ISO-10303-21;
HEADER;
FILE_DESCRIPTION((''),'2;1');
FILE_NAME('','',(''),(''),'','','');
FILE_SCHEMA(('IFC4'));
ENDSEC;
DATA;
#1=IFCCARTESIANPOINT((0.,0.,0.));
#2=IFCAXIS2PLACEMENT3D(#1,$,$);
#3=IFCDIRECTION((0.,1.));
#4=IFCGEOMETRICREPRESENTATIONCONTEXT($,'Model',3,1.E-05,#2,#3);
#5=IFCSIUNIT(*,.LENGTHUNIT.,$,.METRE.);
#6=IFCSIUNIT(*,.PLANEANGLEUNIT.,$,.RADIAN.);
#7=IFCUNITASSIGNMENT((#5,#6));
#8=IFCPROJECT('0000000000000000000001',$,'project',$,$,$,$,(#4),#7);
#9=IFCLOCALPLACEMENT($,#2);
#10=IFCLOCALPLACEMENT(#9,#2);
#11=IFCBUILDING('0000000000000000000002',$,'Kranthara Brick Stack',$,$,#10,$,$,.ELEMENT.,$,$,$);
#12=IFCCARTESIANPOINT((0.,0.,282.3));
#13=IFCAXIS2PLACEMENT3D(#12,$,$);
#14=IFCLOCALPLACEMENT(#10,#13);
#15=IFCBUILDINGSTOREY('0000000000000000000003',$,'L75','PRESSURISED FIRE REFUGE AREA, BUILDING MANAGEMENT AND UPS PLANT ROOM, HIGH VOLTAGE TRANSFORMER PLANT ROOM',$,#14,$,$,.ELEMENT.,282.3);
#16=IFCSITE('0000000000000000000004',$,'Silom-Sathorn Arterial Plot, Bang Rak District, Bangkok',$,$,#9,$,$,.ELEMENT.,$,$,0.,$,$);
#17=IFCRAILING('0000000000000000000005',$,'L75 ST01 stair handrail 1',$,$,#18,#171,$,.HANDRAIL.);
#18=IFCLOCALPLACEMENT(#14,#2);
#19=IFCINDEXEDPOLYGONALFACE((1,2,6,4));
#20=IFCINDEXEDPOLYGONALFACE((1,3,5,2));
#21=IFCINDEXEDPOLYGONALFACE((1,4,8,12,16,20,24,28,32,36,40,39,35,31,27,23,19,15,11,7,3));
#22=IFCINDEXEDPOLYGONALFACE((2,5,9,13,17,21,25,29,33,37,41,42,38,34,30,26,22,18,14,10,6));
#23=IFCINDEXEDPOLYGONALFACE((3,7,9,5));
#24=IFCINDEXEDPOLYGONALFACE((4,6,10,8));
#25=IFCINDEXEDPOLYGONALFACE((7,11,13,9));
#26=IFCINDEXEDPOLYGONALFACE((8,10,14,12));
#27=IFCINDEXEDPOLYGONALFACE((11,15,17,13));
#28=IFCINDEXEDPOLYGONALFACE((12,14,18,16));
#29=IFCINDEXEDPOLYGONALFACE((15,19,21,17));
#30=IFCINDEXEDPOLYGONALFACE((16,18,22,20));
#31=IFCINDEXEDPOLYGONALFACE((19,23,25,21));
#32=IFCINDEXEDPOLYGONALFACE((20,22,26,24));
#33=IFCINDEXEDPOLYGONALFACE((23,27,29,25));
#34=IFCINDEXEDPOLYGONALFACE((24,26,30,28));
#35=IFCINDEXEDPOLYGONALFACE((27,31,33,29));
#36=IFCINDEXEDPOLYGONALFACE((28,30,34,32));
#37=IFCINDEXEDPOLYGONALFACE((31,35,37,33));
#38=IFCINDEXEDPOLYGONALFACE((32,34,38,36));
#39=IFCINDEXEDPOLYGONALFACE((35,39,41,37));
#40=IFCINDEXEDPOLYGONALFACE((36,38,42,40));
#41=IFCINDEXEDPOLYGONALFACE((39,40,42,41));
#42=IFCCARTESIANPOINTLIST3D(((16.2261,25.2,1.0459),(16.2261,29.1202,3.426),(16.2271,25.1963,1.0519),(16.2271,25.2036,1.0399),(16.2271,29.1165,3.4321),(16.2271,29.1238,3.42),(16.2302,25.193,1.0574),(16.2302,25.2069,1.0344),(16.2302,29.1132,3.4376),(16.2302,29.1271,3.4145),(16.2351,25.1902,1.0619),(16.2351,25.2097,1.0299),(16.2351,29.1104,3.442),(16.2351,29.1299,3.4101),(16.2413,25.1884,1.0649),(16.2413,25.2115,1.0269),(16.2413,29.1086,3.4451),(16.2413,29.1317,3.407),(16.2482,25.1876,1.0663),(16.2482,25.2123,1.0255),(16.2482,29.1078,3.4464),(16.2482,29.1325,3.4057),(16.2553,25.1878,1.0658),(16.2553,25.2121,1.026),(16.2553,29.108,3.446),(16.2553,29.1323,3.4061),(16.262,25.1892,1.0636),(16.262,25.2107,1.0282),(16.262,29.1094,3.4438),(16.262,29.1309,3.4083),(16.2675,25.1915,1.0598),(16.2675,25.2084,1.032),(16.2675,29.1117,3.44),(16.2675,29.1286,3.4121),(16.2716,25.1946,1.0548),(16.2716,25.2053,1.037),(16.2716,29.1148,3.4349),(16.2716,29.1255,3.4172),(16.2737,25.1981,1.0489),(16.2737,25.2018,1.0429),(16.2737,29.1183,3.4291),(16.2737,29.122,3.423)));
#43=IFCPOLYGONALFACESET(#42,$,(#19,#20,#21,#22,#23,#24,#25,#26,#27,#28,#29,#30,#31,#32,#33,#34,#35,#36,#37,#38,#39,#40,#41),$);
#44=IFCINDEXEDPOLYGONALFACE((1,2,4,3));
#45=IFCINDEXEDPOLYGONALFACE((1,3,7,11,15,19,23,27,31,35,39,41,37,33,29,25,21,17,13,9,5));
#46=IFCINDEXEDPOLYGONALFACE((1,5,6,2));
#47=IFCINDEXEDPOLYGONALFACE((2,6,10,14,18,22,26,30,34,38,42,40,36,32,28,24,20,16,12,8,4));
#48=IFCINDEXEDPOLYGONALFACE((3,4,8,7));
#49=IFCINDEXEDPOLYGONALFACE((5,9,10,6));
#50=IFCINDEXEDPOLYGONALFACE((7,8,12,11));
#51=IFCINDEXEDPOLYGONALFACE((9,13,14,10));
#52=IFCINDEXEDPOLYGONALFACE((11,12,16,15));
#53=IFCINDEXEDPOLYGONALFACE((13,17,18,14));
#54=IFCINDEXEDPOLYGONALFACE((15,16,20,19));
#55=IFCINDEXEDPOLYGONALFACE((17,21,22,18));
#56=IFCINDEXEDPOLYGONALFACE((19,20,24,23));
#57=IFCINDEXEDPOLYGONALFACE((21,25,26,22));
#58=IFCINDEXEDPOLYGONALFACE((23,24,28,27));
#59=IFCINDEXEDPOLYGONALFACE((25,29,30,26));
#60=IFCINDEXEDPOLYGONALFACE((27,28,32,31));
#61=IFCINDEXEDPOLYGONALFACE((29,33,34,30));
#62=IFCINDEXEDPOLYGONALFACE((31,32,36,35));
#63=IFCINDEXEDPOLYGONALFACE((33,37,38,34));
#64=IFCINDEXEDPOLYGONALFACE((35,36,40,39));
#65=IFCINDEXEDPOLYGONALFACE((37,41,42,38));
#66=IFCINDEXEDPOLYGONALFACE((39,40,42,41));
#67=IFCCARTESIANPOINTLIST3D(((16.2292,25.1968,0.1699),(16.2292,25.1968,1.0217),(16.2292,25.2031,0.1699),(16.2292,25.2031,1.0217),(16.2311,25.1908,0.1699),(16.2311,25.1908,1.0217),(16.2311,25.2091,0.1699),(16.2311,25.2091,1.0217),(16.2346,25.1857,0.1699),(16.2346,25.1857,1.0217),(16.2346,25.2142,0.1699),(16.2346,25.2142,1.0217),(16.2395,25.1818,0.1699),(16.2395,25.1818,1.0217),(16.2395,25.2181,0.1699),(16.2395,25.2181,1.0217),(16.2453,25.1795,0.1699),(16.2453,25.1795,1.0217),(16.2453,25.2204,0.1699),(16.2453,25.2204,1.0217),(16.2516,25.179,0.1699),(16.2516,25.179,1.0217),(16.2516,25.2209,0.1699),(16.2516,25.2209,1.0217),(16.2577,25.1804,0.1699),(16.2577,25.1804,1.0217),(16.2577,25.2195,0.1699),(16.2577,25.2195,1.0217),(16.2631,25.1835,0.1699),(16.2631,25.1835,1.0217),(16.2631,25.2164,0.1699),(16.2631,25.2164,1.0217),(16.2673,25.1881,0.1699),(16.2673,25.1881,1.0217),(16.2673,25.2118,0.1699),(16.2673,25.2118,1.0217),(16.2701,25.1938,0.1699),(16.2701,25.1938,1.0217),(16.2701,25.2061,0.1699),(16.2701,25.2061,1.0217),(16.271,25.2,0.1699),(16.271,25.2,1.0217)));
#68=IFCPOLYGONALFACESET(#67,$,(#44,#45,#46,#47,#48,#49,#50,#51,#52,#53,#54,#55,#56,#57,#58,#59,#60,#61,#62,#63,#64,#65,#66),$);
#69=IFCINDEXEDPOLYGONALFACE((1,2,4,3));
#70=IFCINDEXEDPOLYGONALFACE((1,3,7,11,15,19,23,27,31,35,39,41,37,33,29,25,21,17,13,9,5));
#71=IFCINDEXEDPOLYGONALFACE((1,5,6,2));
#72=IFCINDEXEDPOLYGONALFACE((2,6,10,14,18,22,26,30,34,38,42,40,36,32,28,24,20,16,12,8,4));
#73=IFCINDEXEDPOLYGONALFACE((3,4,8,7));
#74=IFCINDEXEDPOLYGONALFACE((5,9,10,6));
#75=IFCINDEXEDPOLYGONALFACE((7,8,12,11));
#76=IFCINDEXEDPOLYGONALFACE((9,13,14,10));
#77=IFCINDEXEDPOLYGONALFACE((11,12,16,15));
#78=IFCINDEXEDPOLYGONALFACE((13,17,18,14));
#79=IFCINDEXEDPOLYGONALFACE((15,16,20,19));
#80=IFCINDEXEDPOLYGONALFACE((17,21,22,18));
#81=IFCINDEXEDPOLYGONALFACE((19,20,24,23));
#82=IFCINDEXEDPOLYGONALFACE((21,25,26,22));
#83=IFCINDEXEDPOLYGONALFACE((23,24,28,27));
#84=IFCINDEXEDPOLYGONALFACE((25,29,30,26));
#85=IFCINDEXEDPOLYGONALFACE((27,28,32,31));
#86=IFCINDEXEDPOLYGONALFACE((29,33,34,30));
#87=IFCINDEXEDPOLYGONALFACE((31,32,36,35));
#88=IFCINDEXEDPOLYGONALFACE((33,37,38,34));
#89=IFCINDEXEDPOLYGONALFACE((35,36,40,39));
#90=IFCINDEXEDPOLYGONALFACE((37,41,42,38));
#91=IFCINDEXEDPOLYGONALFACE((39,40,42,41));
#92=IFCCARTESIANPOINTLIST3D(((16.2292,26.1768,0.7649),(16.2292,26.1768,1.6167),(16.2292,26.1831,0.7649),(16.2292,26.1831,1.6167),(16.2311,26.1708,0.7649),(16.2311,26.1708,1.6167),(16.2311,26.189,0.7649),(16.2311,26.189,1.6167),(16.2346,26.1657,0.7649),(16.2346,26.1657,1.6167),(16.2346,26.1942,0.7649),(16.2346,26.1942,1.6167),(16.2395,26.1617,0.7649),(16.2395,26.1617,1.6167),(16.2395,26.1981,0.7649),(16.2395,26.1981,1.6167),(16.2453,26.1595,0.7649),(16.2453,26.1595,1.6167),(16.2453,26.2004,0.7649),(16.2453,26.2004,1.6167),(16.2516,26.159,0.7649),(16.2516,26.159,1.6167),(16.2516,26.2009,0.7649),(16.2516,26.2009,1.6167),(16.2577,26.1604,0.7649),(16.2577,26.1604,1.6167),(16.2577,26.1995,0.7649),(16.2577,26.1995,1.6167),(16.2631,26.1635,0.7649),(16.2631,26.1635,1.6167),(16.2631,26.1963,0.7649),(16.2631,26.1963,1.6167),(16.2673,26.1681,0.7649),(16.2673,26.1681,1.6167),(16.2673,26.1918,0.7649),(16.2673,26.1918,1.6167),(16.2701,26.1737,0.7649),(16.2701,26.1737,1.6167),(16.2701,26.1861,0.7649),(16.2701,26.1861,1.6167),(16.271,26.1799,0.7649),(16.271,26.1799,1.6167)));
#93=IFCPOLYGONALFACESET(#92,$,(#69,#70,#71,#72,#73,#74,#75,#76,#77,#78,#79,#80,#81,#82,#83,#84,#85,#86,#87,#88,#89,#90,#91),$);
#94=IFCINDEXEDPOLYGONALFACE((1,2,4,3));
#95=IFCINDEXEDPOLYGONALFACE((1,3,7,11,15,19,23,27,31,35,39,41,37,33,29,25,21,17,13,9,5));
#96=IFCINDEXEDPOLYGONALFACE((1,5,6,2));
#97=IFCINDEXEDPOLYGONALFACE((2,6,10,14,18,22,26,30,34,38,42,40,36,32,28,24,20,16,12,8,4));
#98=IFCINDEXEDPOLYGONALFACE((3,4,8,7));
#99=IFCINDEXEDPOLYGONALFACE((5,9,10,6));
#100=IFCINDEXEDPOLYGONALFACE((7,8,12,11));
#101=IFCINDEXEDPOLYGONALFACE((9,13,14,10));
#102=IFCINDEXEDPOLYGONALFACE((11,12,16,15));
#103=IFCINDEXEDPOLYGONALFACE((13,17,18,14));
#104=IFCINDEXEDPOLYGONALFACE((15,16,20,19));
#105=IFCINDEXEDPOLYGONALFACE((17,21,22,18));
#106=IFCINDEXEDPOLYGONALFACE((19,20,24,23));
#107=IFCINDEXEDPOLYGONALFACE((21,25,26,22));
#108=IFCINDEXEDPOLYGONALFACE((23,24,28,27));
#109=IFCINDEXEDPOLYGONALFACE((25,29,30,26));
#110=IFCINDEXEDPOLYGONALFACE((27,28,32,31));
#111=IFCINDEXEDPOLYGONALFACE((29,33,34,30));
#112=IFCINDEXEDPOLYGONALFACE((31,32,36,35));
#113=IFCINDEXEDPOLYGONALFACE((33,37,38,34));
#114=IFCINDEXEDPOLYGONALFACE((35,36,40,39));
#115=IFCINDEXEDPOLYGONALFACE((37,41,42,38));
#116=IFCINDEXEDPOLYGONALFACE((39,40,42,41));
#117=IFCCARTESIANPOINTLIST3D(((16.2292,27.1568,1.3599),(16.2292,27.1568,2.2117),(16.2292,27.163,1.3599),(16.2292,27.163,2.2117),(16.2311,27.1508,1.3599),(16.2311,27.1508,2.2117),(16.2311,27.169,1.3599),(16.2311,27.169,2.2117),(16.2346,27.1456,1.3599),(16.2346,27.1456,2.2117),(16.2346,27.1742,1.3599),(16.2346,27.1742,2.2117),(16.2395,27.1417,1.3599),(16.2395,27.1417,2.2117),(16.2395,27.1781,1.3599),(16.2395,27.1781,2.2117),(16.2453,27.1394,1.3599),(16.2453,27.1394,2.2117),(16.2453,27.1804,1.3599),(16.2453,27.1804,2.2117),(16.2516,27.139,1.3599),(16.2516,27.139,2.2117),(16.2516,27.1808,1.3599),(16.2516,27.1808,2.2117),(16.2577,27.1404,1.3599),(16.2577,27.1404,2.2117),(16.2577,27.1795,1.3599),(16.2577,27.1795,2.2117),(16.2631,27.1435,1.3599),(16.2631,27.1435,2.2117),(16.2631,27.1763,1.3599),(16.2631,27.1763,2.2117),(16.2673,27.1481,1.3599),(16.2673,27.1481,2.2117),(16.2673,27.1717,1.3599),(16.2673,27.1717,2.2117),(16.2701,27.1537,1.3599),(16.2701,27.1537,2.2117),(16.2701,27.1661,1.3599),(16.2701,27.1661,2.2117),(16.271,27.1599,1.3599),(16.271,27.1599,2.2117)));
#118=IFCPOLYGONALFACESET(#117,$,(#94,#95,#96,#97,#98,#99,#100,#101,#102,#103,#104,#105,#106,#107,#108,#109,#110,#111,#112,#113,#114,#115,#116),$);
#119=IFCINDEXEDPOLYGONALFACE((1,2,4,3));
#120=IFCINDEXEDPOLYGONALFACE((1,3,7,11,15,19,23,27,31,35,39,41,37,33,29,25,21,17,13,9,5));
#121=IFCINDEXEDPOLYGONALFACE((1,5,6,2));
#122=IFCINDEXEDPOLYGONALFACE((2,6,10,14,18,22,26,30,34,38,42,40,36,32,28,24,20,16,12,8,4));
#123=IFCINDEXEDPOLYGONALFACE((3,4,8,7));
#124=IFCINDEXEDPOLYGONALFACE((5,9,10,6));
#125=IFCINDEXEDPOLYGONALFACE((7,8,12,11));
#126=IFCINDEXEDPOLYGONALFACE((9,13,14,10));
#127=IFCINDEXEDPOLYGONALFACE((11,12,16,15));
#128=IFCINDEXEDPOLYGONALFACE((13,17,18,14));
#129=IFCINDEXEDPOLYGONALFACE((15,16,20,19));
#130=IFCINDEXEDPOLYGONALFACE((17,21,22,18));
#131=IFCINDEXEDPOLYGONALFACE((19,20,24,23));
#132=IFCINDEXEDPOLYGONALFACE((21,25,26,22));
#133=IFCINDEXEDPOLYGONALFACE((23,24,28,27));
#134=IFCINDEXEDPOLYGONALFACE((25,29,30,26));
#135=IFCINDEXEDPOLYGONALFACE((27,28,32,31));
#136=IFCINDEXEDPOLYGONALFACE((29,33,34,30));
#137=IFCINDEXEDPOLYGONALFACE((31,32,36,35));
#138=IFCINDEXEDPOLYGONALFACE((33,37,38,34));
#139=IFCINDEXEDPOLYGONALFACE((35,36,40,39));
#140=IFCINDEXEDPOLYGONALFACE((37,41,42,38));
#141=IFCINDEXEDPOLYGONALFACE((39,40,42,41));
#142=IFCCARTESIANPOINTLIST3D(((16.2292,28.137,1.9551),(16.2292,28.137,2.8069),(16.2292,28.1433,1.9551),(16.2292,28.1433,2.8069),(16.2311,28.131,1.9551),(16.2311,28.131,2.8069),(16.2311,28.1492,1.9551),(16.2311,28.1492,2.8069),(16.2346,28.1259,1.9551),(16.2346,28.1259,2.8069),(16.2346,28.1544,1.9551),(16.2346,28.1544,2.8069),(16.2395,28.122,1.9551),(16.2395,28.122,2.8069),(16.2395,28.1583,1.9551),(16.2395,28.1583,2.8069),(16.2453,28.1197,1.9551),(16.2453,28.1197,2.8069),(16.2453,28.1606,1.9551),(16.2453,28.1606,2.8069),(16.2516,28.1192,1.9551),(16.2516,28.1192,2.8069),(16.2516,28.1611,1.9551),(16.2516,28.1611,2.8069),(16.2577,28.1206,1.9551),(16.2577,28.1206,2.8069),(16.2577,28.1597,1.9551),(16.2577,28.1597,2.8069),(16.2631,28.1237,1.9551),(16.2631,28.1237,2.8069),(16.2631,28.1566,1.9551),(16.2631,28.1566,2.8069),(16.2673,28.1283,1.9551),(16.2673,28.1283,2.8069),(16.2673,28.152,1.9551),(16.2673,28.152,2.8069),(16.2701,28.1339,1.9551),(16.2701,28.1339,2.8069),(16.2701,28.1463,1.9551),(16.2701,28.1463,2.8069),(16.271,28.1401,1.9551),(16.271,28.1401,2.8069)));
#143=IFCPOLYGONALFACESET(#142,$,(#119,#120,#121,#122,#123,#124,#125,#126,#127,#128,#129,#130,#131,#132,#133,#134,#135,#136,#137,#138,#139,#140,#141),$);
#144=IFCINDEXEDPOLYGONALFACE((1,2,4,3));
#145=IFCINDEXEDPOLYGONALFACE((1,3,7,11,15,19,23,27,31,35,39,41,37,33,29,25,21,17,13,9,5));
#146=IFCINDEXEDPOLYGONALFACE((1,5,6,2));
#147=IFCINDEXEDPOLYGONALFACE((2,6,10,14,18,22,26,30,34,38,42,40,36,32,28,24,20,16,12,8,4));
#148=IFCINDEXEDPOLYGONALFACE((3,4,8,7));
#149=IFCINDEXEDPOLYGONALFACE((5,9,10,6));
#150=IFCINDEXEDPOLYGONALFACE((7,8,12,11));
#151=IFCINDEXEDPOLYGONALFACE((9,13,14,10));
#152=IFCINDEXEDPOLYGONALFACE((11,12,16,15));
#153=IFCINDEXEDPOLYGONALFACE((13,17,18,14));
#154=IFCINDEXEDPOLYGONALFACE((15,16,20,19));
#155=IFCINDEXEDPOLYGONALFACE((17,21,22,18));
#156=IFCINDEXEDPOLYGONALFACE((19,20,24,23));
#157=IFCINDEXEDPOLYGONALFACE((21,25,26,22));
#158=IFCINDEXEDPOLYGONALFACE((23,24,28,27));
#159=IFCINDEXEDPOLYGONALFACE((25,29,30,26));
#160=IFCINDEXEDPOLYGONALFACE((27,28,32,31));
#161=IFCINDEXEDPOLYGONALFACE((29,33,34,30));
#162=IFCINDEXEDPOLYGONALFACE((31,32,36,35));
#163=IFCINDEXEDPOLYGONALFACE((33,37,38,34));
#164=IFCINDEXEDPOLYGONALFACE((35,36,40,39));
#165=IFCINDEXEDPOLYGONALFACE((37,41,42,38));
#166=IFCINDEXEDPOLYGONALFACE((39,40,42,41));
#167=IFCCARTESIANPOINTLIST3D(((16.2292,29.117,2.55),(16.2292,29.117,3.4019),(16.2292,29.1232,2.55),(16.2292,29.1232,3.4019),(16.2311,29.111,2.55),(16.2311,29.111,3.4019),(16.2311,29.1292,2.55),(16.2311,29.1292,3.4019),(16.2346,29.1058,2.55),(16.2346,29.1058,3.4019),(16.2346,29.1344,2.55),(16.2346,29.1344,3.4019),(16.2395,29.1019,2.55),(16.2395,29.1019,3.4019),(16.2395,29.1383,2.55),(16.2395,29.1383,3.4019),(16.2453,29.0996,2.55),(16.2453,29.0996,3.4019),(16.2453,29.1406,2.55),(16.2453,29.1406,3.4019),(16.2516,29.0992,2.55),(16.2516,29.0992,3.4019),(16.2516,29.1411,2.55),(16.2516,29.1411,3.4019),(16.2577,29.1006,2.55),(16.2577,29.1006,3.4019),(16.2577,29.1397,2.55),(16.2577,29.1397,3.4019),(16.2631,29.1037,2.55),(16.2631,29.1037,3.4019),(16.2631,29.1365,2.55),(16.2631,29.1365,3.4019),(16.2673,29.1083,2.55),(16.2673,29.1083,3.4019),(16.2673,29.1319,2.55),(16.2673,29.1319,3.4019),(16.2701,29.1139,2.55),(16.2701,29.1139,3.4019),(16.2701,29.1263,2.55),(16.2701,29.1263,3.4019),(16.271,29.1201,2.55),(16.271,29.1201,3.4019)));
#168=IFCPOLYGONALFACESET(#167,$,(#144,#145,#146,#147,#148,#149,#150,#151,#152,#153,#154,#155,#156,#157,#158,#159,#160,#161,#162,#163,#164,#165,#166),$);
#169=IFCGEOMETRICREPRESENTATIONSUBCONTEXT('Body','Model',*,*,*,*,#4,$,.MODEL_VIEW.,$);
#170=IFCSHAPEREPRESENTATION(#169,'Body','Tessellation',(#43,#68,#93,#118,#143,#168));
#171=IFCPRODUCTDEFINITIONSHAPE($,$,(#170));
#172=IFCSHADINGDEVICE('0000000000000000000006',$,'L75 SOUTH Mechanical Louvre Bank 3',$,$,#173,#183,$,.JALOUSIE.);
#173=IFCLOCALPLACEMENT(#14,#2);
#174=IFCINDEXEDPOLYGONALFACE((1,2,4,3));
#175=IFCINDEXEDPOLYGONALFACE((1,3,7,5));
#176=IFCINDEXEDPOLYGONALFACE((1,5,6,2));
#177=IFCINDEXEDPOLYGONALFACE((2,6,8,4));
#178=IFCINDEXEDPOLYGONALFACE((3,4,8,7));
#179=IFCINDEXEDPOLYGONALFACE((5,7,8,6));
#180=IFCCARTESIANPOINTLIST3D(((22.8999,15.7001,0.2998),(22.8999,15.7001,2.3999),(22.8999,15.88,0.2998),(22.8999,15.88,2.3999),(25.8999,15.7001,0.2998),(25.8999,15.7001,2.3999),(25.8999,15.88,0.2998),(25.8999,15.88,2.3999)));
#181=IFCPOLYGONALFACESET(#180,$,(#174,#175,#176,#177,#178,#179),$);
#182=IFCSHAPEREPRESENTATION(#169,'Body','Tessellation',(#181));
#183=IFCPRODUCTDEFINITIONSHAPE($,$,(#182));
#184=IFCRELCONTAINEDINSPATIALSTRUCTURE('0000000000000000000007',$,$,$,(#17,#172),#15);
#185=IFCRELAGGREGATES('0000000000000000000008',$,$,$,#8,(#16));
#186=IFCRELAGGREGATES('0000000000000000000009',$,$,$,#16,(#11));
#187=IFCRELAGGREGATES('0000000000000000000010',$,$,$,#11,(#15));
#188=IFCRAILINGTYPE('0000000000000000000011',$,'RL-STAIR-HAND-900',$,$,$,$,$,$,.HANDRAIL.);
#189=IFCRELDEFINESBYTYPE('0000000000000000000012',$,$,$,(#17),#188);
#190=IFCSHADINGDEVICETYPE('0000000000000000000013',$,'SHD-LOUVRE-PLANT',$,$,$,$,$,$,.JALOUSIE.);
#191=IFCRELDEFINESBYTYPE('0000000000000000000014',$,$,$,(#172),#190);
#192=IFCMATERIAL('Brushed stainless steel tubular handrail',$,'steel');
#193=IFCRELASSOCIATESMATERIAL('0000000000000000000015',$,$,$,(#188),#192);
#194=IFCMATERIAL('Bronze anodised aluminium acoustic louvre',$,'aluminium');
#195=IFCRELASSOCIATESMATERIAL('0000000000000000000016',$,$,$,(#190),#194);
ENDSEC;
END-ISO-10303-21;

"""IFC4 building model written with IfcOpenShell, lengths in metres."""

from ifc_helpers import new_model, si_unit, direction, frame, origin, origin_2d, place, context, subcontext, project, spatial, rectangle, circle, extrude, material, type_object, element, save


model = new_model("IFC4")

# Units and contexts
model_context = context("Model", 3, precision=1e-05, world=origin(), true_north=direction((0.0, 1.0)))
body_context = subcontext(model_context, "Body", "Model", "MODEL_VIEW")
ifc_project = project(units=[si_unit("LENGTHUNIT", "METRE"), si_unit("PLANEANGLEUNIT", "RADIAN")], contexts=[model_context])

# Site, building, storey
site_placement = place(None, origin())
site = spatial("IfcSite", under=ifc_project, at=site_placement, Name="Silom-Sathorn Arterial Plot, Bang Rak District, Bangkok", CompositionType="ELEMENT", RefElevation=0.0)
building_placement = place(site_placement, origin())
building = spatial("IfcBuilding", under=site, at=building_placement, Name="Kranthara Brick Stack", CompositionType="ELEMENT")
storey_placement = place(building_placement, frame((0.0, 0.0, 282.3)))
storey = spatial("IfcBuildingStorey", under=building, at=storey_placement, Name="L75", Description="PRESSURISED FIRE REFUGE AREA, BUILDING MANAGEMENT AND UPS PLANT ROOM, HIGH VOLTAGE TRANSFORMER PLANT ROOM", CompositionType="ELEMENT", Elevation=282.3)

# Railing
ifc_material_1 = material(Name="Brushed stainless steel tubular handrail", Category="steel")
railing_type_1 = type_object("IfcRailingType", Name="RL-STAIR-HAND-900", PredefinedType="HANDRAIL", material=ifc_material_1)
railing_1_placement = place(storey_placement, frame((16.25, 25.2, 0.1699)))
element("IfcRailing", 1, at=railing_1_placement, inside=storey, type_object=railing_type_1, Name="L75 ST01 stair handrail 1", PredefinedType="HANDRAIL", context=body_context, shape_type="SweptSolid", body=[
    extrude(circle(Radius=0.0239, at=origin_2d()), frame((0.0, 0.0, 0.876), z_axis=(0.0, 0.854785, 0.518982), x_axis=(-1.0, 0.0, 0.0)), (0.0, 0.0, 1.0), 4.5862),
    extrude(circle(Radius=0.021, at=origin_2d()), origin(), (0.0, 0.0, 1.0), 0.8518),
    extrude(circle(Radius=0.021, at=origin_2d()), frame((0.0, 0.98, 0.595)), (0.0, 0.0, 1.0), 0.8518),
    extrude(circle(Radius=0.021, at=origin_2d()), frame((0.0, 1.96, 1.1899)), (0.0, 0.0, 1.0), 0.8518),
    extrude(circle(Radius=0.021, at=origin_2d()), frame((0.0, 2.9402, 1.7852)), (0.0, 0.0, 1.0), 0.8518),
    extrude(circle(Radius=0.021, at=origin_2d()), frame((0.0, 3.9202, 2.3801)), (0.0, 0.0, 1.0), 0.8518),
])

# Shading device
ifc_material_2 = material(Name="Bronze anodised aluminium acoustic louvre", Category="aluminium")
shading_device_type = type_object("IfcShadingDeviceType", Name="SHD-LOUVRE-PLANT", PredefinedType="JALOUSIE", material=ifc_material_2)
shading_device_placement = place(storey_placement, frame((24.3999, 15.79, 0.2998), z_axis=(0.0, 0.0, 1.0), x_axis=(-1.0, 0.0, 0.0)))
element("IfcShadingDevice", 2, at=shading_device_placement, inside=storey, type_object=shading_device_type, Name="L75 SOUTH Mechanical Louvre Bank 3", PredefinedType="JALOUSIE", context=body_context, shape_type="SweptSolid", body=[
    extrude(rectangle(XDim=3.0, YDim=0.1799, at=origin_2d()), origin(), (0.0, 0.0, 1.0), 2.1001),
])

save(model, "model.ifc")
